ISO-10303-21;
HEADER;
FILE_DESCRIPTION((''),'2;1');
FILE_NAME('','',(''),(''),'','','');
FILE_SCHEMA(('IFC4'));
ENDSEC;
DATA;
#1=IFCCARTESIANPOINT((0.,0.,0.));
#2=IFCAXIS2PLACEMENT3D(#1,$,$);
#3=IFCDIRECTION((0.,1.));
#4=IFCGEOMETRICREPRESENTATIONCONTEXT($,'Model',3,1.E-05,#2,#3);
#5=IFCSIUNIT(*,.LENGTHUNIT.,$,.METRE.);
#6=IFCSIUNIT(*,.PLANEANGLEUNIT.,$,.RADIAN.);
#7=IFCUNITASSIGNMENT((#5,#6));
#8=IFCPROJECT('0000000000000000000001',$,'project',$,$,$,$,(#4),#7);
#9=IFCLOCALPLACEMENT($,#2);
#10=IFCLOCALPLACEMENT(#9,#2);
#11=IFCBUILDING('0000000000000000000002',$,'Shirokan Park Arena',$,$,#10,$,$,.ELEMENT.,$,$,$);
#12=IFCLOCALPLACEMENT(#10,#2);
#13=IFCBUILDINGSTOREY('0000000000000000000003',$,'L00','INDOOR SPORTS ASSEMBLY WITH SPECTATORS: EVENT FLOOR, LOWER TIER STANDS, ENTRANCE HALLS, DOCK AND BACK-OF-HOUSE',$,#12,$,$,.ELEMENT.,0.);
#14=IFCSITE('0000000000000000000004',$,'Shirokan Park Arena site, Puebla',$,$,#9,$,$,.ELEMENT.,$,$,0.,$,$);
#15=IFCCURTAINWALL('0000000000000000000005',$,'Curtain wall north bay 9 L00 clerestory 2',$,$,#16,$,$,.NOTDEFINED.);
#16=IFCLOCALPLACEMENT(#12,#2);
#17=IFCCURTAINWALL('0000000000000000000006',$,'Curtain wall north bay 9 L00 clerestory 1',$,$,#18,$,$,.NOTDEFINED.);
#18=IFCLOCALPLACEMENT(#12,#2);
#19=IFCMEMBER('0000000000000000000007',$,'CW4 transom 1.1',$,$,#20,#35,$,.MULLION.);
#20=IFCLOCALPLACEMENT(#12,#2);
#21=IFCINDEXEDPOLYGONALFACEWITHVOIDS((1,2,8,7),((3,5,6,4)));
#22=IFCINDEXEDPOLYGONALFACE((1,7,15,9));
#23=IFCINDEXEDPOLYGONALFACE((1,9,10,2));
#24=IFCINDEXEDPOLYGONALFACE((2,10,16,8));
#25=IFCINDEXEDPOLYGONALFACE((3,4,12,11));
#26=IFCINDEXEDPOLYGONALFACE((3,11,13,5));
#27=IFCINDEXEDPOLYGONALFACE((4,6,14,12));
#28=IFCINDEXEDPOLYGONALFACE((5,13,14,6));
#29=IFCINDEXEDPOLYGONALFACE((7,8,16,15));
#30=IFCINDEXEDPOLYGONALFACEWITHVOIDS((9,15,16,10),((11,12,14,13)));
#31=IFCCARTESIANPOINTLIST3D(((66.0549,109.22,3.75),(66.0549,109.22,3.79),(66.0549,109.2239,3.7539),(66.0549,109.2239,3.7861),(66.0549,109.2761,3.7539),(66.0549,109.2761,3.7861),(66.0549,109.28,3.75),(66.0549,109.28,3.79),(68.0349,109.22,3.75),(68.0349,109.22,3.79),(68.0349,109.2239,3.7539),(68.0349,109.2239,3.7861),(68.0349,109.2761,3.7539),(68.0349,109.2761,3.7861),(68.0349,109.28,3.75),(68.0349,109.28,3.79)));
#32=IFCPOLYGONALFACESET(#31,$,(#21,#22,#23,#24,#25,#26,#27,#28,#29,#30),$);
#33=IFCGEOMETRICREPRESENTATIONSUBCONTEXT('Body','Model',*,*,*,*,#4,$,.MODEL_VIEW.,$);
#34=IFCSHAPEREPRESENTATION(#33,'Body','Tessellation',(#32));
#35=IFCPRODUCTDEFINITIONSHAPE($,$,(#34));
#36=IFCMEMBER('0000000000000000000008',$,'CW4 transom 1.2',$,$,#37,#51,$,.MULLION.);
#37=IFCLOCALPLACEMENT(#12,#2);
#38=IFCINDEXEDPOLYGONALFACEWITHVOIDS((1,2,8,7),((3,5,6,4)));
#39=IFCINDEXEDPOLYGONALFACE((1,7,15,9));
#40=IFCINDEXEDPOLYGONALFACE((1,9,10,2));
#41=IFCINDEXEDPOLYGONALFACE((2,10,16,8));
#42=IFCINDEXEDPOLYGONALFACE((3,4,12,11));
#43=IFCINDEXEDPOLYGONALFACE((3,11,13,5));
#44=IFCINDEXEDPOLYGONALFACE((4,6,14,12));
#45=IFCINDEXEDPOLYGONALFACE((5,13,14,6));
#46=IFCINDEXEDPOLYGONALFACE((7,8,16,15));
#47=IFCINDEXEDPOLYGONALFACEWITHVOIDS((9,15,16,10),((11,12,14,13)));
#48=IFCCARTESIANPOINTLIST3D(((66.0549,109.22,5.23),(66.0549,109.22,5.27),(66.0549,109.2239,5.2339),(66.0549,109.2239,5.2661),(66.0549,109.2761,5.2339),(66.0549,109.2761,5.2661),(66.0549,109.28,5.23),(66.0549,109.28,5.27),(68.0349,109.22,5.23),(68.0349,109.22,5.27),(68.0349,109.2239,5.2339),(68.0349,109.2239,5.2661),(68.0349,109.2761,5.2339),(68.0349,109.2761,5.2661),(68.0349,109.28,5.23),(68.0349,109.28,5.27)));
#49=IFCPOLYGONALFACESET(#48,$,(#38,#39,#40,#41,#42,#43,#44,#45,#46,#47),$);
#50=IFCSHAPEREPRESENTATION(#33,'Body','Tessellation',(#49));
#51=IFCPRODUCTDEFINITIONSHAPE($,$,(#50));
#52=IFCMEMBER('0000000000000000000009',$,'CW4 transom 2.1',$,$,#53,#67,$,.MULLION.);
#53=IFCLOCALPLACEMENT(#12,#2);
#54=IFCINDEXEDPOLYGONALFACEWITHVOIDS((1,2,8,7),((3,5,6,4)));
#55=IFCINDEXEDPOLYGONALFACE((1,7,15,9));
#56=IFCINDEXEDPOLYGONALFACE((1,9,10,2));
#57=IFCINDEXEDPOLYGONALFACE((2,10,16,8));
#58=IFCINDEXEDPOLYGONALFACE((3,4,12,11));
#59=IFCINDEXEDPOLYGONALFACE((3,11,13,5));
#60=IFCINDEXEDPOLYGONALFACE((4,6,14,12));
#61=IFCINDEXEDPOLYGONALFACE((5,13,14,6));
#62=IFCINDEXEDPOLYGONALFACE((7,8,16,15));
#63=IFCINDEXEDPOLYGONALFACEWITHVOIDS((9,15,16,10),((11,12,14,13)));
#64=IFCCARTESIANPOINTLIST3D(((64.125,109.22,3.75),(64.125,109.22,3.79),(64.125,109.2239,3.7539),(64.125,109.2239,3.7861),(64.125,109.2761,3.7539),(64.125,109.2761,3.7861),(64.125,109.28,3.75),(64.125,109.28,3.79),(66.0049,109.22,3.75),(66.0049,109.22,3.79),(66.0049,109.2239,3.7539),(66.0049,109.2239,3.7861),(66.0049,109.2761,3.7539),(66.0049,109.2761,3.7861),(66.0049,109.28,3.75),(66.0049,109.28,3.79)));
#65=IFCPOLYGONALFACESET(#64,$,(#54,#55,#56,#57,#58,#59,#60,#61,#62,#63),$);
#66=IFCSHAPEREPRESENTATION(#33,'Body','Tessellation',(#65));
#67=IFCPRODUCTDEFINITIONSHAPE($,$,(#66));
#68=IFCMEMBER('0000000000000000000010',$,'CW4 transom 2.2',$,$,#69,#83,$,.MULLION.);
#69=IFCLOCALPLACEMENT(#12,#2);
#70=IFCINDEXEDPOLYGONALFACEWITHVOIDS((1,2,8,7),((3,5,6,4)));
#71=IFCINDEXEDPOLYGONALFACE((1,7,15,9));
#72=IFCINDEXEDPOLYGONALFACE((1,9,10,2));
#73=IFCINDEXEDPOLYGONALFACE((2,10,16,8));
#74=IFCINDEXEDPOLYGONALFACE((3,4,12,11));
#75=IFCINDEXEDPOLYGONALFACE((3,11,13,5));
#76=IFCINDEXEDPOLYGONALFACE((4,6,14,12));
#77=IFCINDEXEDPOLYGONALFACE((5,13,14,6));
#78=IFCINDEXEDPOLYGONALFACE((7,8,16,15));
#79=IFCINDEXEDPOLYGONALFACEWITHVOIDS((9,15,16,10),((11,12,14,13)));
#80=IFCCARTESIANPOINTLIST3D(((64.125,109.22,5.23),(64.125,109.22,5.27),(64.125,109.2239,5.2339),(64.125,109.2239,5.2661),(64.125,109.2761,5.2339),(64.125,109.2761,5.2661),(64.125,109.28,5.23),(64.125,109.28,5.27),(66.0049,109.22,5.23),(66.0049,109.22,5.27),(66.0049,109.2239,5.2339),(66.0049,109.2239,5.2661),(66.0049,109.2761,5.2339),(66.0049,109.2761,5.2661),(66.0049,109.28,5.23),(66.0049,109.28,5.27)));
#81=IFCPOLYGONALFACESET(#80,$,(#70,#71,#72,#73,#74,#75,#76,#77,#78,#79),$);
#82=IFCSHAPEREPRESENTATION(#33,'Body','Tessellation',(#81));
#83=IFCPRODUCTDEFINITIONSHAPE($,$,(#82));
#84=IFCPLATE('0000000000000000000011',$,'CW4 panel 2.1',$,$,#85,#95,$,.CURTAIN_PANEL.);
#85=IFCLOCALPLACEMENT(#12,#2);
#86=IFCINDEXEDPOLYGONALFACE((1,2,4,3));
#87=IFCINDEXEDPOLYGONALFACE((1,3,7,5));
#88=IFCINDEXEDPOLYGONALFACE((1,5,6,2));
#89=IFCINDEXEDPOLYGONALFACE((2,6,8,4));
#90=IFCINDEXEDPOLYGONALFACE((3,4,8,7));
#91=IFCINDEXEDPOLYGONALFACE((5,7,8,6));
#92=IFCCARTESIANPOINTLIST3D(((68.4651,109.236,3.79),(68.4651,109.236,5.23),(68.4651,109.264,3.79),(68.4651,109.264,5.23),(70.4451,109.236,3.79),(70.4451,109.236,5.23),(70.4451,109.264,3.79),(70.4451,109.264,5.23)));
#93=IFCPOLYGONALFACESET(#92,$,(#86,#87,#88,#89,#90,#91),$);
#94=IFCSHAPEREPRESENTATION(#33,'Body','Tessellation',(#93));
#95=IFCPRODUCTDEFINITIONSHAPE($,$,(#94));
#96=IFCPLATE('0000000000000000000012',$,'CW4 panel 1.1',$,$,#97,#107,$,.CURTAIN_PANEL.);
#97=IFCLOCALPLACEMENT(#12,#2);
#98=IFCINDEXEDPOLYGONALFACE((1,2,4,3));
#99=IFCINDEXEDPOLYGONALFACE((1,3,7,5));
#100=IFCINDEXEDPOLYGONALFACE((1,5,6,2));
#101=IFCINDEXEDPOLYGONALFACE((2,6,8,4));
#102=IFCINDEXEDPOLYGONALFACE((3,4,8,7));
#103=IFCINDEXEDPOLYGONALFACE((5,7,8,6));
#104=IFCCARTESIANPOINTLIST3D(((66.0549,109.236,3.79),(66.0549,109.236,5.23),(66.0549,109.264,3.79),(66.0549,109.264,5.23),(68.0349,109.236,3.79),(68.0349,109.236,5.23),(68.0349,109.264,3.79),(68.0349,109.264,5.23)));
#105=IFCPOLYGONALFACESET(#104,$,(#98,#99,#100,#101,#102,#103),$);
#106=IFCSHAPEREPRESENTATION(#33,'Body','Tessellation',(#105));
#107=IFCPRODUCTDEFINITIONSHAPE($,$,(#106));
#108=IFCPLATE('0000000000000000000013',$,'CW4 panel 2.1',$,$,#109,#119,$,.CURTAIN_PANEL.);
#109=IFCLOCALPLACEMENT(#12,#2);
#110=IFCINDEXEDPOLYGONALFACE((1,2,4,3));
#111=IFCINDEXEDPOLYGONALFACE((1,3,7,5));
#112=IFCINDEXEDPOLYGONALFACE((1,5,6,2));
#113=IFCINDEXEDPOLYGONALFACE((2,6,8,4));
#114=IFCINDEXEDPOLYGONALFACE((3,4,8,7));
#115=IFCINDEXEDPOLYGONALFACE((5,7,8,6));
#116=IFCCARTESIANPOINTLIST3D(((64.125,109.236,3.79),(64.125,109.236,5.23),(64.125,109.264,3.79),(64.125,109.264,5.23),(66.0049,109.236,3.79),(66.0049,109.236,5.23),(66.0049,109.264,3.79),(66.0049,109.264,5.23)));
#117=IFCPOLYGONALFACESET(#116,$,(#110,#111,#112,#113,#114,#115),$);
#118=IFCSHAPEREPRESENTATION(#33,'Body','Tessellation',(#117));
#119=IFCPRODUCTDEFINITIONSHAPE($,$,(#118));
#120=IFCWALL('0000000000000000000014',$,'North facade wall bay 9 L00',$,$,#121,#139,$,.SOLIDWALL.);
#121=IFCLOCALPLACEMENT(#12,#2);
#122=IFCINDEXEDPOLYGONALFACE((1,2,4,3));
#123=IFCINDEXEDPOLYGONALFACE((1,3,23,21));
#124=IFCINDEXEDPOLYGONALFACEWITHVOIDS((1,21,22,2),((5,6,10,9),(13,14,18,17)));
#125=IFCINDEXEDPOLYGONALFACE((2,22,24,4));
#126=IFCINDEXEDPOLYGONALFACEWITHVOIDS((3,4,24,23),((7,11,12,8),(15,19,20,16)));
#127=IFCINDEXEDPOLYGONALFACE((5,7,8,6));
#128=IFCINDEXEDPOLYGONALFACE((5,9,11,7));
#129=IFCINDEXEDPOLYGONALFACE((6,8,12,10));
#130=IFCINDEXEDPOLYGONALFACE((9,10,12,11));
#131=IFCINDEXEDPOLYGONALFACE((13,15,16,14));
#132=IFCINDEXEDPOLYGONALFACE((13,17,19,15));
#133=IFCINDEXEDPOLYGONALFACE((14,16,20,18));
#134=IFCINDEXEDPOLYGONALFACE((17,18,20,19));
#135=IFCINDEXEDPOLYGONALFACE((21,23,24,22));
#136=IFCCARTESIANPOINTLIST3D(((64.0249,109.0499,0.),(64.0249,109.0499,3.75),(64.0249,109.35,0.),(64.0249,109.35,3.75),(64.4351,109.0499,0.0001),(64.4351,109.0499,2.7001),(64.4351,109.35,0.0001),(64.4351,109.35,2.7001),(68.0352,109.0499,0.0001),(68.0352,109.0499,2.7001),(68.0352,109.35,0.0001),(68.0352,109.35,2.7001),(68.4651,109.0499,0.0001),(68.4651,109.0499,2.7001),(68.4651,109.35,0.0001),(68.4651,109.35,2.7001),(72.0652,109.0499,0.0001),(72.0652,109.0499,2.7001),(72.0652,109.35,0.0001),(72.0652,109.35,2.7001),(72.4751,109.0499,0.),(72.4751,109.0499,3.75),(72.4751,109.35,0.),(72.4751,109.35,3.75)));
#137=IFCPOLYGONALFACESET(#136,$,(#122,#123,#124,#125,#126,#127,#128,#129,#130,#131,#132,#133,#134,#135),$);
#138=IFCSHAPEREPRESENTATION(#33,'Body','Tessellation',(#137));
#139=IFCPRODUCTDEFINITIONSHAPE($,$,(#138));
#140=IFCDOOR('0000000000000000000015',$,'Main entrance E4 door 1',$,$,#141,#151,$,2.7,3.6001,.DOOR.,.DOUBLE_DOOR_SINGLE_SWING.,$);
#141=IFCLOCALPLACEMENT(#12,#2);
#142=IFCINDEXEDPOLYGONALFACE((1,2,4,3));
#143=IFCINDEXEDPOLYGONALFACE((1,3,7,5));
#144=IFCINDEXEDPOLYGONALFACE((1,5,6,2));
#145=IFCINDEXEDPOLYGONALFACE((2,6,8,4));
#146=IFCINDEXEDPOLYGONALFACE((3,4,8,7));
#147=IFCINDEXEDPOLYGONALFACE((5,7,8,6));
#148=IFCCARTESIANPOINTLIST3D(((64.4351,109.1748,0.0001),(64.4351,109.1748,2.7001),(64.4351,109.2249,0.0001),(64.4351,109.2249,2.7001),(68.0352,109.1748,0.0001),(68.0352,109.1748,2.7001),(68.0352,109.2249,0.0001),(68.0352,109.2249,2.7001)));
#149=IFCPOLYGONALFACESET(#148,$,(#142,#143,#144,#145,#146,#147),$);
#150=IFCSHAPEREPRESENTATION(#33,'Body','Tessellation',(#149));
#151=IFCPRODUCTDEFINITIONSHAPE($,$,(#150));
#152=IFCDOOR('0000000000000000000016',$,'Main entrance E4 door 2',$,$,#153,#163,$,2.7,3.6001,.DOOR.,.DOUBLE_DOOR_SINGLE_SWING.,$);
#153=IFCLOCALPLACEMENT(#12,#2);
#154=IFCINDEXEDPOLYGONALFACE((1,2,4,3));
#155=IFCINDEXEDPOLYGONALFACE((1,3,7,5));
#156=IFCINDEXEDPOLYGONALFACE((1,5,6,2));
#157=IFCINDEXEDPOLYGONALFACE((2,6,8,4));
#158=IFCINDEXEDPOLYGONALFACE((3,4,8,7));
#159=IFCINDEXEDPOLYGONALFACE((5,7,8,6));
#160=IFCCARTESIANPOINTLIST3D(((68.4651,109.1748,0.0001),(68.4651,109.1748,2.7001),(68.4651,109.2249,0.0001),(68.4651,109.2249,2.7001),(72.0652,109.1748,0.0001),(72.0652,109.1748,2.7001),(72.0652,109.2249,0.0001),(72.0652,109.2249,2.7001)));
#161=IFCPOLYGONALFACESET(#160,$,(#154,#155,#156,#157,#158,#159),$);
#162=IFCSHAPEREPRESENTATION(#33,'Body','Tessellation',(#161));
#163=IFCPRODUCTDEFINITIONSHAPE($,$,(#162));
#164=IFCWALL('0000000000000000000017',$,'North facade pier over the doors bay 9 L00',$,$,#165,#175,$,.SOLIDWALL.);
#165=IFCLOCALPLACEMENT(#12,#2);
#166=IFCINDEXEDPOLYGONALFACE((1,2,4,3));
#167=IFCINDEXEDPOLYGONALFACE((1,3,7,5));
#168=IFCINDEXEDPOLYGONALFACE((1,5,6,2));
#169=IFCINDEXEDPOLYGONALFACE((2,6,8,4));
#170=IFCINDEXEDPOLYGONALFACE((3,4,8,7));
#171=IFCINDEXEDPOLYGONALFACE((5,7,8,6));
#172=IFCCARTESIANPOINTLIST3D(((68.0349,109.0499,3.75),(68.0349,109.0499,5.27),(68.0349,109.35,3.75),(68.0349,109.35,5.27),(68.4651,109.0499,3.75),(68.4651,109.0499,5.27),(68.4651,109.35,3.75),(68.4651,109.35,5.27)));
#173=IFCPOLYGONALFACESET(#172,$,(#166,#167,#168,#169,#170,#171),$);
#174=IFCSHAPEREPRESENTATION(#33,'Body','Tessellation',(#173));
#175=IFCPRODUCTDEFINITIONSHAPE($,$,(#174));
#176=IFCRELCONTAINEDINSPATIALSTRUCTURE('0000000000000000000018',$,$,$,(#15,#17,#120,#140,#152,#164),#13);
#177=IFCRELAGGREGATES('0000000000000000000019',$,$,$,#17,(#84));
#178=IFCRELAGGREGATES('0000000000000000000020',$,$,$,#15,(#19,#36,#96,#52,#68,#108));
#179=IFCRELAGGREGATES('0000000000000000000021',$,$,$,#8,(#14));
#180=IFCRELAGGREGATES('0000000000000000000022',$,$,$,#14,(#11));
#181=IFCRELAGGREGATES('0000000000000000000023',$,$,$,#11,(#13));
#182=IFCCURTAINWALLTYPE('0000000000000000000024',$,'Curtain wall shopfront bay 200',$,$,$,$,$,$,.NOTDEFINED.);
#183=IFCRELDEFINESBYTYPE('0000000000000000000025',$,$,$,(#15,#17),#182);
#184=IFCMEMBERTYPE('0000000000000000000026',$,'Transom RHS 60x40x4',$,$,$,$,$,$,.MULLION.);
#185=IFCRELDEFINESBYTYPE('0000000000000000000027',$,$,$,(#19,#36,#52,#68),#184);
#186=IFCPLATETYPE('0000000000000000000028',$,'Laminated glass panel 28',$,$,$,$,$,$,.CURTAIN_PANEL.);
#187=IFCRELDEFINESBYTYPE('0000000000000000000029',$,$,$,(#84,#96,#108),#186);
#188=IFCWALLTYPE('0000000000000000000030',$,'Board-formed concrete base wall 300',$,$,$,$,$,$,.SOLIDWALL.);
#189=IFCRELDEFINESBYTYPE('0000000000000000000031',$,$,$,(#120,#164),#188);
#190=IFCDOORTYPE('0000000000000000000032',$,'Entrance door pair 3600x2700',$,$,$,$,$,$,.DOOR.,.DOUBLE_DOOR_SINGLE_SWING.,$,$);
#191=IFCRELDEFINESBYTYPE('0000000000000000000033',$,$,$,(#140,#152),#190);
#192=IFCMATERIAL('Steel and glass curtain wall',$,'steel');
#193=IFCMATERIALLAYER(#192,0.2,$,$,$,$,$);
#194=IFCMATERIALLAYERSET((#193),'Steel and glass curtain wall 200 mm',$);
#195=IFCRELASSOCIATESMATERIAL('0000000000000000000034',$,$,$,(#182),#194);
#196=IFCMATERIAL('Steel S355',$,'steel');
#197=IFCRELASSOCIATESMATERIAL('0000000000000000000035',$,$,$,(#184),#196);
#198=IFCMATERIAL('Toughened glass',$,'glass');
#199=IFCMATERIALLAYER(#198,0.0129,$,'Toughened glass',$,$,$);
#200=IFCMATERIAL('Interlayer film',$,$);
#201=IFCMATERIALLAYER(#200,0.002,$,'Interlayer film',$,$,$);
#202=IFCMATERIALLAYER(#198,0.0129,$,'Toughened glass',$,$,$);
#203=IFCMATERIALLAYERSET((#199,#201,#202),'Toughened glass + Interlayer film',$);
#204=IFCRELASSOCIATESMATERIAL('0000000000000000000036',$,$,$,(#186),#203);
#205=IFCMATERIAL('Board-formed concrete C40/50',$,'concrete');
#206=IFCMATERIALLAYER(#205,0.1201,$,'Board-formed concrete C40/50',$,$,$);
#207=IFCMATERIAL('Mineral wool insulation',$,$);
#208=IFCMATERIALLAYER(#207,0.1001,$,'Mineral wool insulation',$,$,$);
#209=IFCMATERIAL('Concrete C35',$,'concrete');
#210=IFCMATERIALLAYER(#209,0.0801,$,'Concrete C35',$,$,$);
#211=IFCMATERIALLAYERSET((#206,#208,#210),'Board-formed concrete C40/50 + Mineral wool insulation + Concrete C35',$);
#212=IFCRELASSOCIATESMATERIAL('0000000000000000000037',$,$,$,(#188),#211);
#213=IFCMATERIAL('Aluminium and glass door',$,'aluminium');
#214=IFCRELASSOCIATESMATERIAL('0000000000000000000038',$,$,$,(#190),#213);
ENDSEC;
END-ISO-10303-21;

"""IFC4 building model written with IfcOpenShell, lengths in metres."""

from ifc_helpers import new_model, si_unit, direction, frame, frame_2d, origin, origin_2d, place, context, subcontext, project, spatial, rectangle, hollow_rectangle, extrude, material, layer, layer_set, material_profile, profile_set, type_object, element, fill, aggregate, save


model = new_model("IFC4")

# Units and contexts
model_context = context("Model", 3, precision=1e-05, world=origin(), true_north=direction((0.0, 1.0)))
body_context = subcontext(model_context, "Body", "Model", "MODEL_VIEW")
ifc_project = project(units=[si_unit("LENGTHUNIT", "METRE"), si_unit("PLANEANGLEUNIT", "RADIAN")], contexts=[model_context])

# Site, building, storey
site_placement = place(None, origin())
site = spatial("IfcSite", under=ifc_project, at=site_placement, Name="Shirokan Park Arena site, Puebla", CompositionType="ELEMENT", RefElevation=0.0)
building_placement = place(site_placement, origin())
building = spatial("IfcBuilding", under=site, at=building_placement, Name="Shirokan Park Arena", CompositionType="ELEMENT")
storey_placement = place(building_placement, origin())
storey = spatial("IfcBuildingStorey", under=building, at=storey_placement, Name="L00", Description="INDOOR SPORTS ASSEMBLY WITH SPECTATORS: EVENT FLOOR, LOWER TIER STANDS, ENTRANCE HALLS, DOCK AND BACK-OF-HOUSE", CompositionType="ELEMENT", Elevation=0.0)

# Shared definitions
ifc_material_1 = material(Name="Concrete C35", Category="concrete")

# Curtain walls
ifc_material_2 = material(Name="Steel and glass curtain wall", Category="steel")
ifc_layer_1 = layer(ifc_material_2, 0.2)
ifc_layer_set_1 = layer_set([ifc_layer_1], Name="Steel and glass curtain wall 200 mm")
curtain_wall_type = type_object("IfcCurtainWallType", Name="Curtain wall shopfront bay 200", PredefinedType="NOTDEFINED", material=ifc_layer_set_1)
curtain_wall_1_placement = place(storey_placement, origin())
curtain_wall_1 = element("IfcCurtainWall", 1, at=curtain_wall_1_placement, inside=storey, type_object=curtain_wall_type, Name="Curtain wall north bay 9 L00 clerestory 2", PredefinedType="NOTDEFINED")
ifc_material_3 = material(Name="Steel S355", Category="steel")
curtain_wall_2_placement = place(storey_placement, origin())
curtain_wall_2 = element("IfcCurtainWall", 2, at=curtain_wall_2_placement, inside=storey, type_object=curtain_wall_type, Name="Curtain wall north bay 9 L00 clerestory 1", PredefinedType="NOTDEFINED")
ifc_material_profile_1 = material_profile(ifc_material_3, hollow_rectangle(XDim=0.0601, YDim=0.04, WallThickness=0.0039, at=origin_2d()), Name="RHS 60x40x4")
ifc_profile_set_1 = profile_set([ifc_material_profile_1], Name="Steel S355")
member_type_1 = type_object("IfcMemberType", Name="Transom RHS 60x40x4", PredefinedType="MULLION", material=ifc_profile_set_1)

# Members
member_1_placement = place(storey_placement, frame((68.0349, 109.25, 3.77), z_axis=(-1.0, 0.0, 0.0), x_axis=(0.0, -1.0, 0.0)))
member_1 = element("IfcMember", 3, at=member_1_placement, type_object=member_type_1, Name="CW4 transom 1.1", PredefinedType="MULLION", context=body_context, shape_type="SweptSolid", body=[
    extrude(hollow_rectangle(XDim=0.0601, YDim=0.04, WallThickness=0.0039, at=origin_2d()), origin(), (0.0, 0.0, 1.0), 1.98),
])
member_2_placement = place(storey_placement, frame((68.0349, 109.25, 5.25), z_axis=(-1.0, 0.0, 0.0), x_axis=(0.0, -1.0, 0.0)))
member_2 = element("IfcMember", 4, at=member_2_placement, type_object=member_type_1, Name="CW4 transom 1.2", PredefinedType="MULLION", context=body_context, shape_type="SweptSolid", body=[
    extrude(hollow_rectangle(XDim=0.0601, YDim=0.04, WallThickness=0.0039, at=origin_2d()), origin(), (0.0, 0.0, 1.0), 1.98),
])
member_3_placement = place(storey_placement, frame((66.0049, 109.25, 3.77), z_axis=(-1.0, 0.0, 0.0), x_axis=(0.0, -1.0, 0.0)))
member_3 = element("IfcMember", 5, at=member_3_placement, type_object=member_type_1, Name="CW4 transom 2.1", PredefinedType="MULLION", context=body_context, shape_type="SweptSolid", body=[
    extrude(hollow_rectangle(XDim=0.0601, YDim=0.04, WallThickness=0.0039, at=origin_2d()), origin(), (0.0, 0.0, 1.0), 1.8799),
])
member_4_placement = place(storey_placement, frame((66.0049, 109.25, 5.25), z_axis=(-1.0, 0.0, 0.0), x_axis=(0.0, -1.0, 0.0)))
member_4 = element("IfcMember", 6, at=member_4_placement, type_object=member_type_1, Name="CW4 transom 2.2", PredefinedType="MULLION", context=body_context, shape_type="SweptSolid", body=[
    extrude(hollow_rectangle(XDim=0.0601, YDim=0.04, WallThickness=0.0039, at=origin_2d()), origin(), (0.0, 0.0, 1.0), 1.8799),
])

# Plates
ifc_material_4 = material(Name="Toughened glass", Category="glass")
ifc_layer_2 = layer(ifc_material_4, 0.0129, Name="Toughened glass")
ifc_material_5 = material(Name="Interlayer film")
ifc_layer_3 = layer(ifc_material_5, 0.002, Name="Interlayer film")
ifc_layer_4 = layer(ifc_material_4, 0.0129, Name="Toughened glass")
ifc_layer_set_2 = layer_set([ifc_layer_2, ifc_layer_3, ifc_layer_4], Name="Toughened glass + Interlayer film")
plate_type = type_object("IfcPlateType", Name="Laminated glass panel 28", PredefinedType="CURTAIN_PANEL", material=ifc_layer_set_2)
plate_1_placement = place(storey_placement, frame((69.4551, 109.25, 3.79), z_axis=(0.0, 0.0, 1.0), x_axis=(-1.0, 0.0, 0.0)))
plate_1 = element("IfcPlate", 7, at=plate_1_placement, type_object=plate_type, Name="CW4 panel 2.1", PredefinedType="CURTAIN_PANEL", context=body_context, shape_type="SweptSolid", body=[
    extrude(rectangle(XDim=1.98, YDim=0.0281, at=origin_2d()), origin(), (0.0, 0.0, 1.0), 1.4399),
])
aggregate(curtain_wall_2, [plate_1])
plate_2_placement = place(storey_placement, frame((67.0449, 109.25, 3.79), z_axis=(0.0, 0.0, 1.0), x_axis=(-1.0, 0.0, 0.0)))
plate_2 = element("IfcPlate", 8, at=plate_2_placement, type_object=plate_type, Name="CW4 panel 1.1", PredefinedType="CURTAIN_PANEL", context=body_context, shape_type="SweptSolid", body=[
    extrude(rectangle(XDim=1.98, YDim=0.0281, at=origin_2d()), origin(), (0.0, 0.0, 1.0), 1.4399),
])
plate_3_placement = place(storey_placement, frame((65.0649, 109.25, 3.79), z_axis=(0.0, 0.0, 1.0), x_axis=(-1.0, 0.0, 0.0)))
plate_3 = element("IfcPlate", 9, at=plate_3_placement, type_object=plate_type, Name="CW4 panel 2.1", PredefinedType="CURTAIN_PANEL", context=body_context, shape_type="SweptSolid", body=[
    extrude(rectangle(XDim=1.8799, YDim=0.0281, at=origin_2d()), origin(), (0.0, 0.0, 1.0), 1.4399),
])
aggregate(curtain_wall_1, [member_1, member_2, plate_2, member_3, member_4, plate_3])

# Wall, openings, doors
ifc_material_6 = material(Name="Board-formed concrete C40/50", Category="concrete")
ifc_layer_5 = layer(ifc_material_6, 0.1201, Name="Board-formed concrete C40/50")
ifc_material_7 = material(Name="Mineral wool insulation")
ifc_layer_6 = layer(ifc_material_7, 0.1001, Name="Mineral wool insulation")
ifc_layer_7 = layer(ifc_material_1, 0.0801, Name="Concrete C35")
ifc_layer_set_3 = layer_set([ifc_layer_5, ifc_layer_6, ifc_layer_7], Name="Board-formed concrete C40/50 + Mineral wool insulation + Concrete C35")
wall_type_1 = type_object("IfcWallType", Name="Board-formed concrete base wall 300", PredefinedType="SOLIDWALL", material=ifc_layer_set_3)
wall_1_placement = place(storey_placement, frame((72.4751, 109.2, 0.0), z_axis=(0.0, 0.0, 1.0), x_axis=(-1.0, 0.0, 0.0)))
wall_1 = element("IfcWall", 10, at=wall_1_placement, inside=storey, type_object=wall_type_1, Name="North facade wall bay 9 L00", PredefinedType="SOLIDWALL", context=body_context, shape_type="SweptSolid", body=[
    extrude(rectangle(XDim=8.4502, YDim=0.3, at=frame_2d((4.2251, 0.0))), origin(), (0.0, 0.0, 1.0), 3.75),
])
opening_1_placement = place(wall_1_placement, frame((4.4399, 0.0, 0.0)))
opening_1 = element("IfcOpeningElement", 11, at=opening_1_placement, cuts=wall_1, PredefinedType="OPENING", context=body_context, shape_type="SweptSolid", body=[
    extrude(rectangle(XDim=3.6001, YDim=2.7, at=frame_2d((1.8, 1.3501))), frame((0.0, 0.1599, 0.0), z_axis=(0.0, -1.0, 0.0), x_axis=(1.0, 0.0, 0.0)), (0.0, 0.0, 1.0), 0.3201),
])
opening_2_placement = place(wall_1_placement, frame((0.4099, 0.0, 0.0)))
opening_2 = element("IfcOpeningElement", 12, at=opening_2_placement, cuts=wall_1, PredefinedType="OPENING", context=body_context, shape_type="SweptSolid", body=[
    extrude(rectangle(XDim=3.6001, YDim=2.7, at=frame_2d((1.8, 1.3501))), frame((0.0, 0.1599, 0.0), z_axis=(0.0, -1.0, 0.0), x_axis=(1.0, 0.0, 0.0)), (0.0, 0.0, 1.0), 0.3201),
])
ifc_material_8 = material(Name="Aluminium and glass door", Category="aluminium")
door_type_1 = type_object("IfcDoorType", Name="Entrance door pair 3600x2700", OperationType="DOUBLE_DOOR_SINGLE_SWING", PredefinedType="DOOR", material=ifc_material_8)
door_1_placement = place(opening_1_placement, frame((3.6001, 0.0, 0.0), z_axis=(0.0, 0.0, 1.0), x_axis=(-1.0, 0.0, 0.0)))
door_1 = element("IfcDoor", 13, at=door_1_placement, inside=storey, type_object=door_type_1, Name="Main entrance E4 door 1", OperationType="DOUBLE_DOOR_SINGLE_SWING", OverallHeight=2.7, OverallWidth=3.6001, PredefinedType="DOOR", context=body_context, shape_type="SweptSolid", body=[
    extrude(rectangle(XDim=3.6001, YDim=2.7, at=frame_2d((1.8, 1.3501))), frame((0.0, 0.0249, 0.0), z_axis=(0.0, -1.0, 0.0), x_axis=(1.0, 0.0, 0.0)), (0.0, 0.0, 1.0), 0.05),
])
fill(opening_1, door_1)
door_2_placement = place(opening_2_placement, frame((3.6001, 0.0, 0.0), z_axis=(0.0, 0.0, 1.0), x_axis=(-1.0, 0.0, 0.0)))
door_2 = element("IfcDoor", 14, at=door_2_placement, inside=storey, type_object=door_type_1, Name="Main entrance E4 door 2", OperationType="DOUBLE_DOOR_SINGLE_SWING", OverallHeight=2.7, OverallWidth=3.6001, PredefinedType="DOOR", context=body_context, shape_type="SweptSolid", body=[
    extrude(rectangle(XDim=3.6001, YDim=2.7, at=frame_2d((1.8, 1.3501))), frame((0.0, 0.0249, 0.0), z_axis=(0.0, -1.0, 0.0), x_axis=(1.0, 0.0, 0.0)), (0.0, 0.0, 1.0), 0.05),
])
fill(opening_2, door_2)

# Wall
wall_2_placement = place(storey_placement, frame((68.4651, 109.2, 3.75), z_axis=(0.0, 0.0, 1.0), x_axis=(-1.0, 0.0, 0.0)))
element("IfcWall", 15, at=wall_2_placement, inside=storey, type_object=wall_type_1, Name="North facade pier over the doors bay 9 L00", PredefinedType="SOLIDWALL", context=body_context, shape_type="SweptSolid", body=[
    extrude(rectangle(XDim=0.4302, YDim=0.3, at=frame_2d((0.2151, 0.0))), origin(), (0.0, 0.0, 1.0), 1.52),
])

save(model, "model.ifc")
